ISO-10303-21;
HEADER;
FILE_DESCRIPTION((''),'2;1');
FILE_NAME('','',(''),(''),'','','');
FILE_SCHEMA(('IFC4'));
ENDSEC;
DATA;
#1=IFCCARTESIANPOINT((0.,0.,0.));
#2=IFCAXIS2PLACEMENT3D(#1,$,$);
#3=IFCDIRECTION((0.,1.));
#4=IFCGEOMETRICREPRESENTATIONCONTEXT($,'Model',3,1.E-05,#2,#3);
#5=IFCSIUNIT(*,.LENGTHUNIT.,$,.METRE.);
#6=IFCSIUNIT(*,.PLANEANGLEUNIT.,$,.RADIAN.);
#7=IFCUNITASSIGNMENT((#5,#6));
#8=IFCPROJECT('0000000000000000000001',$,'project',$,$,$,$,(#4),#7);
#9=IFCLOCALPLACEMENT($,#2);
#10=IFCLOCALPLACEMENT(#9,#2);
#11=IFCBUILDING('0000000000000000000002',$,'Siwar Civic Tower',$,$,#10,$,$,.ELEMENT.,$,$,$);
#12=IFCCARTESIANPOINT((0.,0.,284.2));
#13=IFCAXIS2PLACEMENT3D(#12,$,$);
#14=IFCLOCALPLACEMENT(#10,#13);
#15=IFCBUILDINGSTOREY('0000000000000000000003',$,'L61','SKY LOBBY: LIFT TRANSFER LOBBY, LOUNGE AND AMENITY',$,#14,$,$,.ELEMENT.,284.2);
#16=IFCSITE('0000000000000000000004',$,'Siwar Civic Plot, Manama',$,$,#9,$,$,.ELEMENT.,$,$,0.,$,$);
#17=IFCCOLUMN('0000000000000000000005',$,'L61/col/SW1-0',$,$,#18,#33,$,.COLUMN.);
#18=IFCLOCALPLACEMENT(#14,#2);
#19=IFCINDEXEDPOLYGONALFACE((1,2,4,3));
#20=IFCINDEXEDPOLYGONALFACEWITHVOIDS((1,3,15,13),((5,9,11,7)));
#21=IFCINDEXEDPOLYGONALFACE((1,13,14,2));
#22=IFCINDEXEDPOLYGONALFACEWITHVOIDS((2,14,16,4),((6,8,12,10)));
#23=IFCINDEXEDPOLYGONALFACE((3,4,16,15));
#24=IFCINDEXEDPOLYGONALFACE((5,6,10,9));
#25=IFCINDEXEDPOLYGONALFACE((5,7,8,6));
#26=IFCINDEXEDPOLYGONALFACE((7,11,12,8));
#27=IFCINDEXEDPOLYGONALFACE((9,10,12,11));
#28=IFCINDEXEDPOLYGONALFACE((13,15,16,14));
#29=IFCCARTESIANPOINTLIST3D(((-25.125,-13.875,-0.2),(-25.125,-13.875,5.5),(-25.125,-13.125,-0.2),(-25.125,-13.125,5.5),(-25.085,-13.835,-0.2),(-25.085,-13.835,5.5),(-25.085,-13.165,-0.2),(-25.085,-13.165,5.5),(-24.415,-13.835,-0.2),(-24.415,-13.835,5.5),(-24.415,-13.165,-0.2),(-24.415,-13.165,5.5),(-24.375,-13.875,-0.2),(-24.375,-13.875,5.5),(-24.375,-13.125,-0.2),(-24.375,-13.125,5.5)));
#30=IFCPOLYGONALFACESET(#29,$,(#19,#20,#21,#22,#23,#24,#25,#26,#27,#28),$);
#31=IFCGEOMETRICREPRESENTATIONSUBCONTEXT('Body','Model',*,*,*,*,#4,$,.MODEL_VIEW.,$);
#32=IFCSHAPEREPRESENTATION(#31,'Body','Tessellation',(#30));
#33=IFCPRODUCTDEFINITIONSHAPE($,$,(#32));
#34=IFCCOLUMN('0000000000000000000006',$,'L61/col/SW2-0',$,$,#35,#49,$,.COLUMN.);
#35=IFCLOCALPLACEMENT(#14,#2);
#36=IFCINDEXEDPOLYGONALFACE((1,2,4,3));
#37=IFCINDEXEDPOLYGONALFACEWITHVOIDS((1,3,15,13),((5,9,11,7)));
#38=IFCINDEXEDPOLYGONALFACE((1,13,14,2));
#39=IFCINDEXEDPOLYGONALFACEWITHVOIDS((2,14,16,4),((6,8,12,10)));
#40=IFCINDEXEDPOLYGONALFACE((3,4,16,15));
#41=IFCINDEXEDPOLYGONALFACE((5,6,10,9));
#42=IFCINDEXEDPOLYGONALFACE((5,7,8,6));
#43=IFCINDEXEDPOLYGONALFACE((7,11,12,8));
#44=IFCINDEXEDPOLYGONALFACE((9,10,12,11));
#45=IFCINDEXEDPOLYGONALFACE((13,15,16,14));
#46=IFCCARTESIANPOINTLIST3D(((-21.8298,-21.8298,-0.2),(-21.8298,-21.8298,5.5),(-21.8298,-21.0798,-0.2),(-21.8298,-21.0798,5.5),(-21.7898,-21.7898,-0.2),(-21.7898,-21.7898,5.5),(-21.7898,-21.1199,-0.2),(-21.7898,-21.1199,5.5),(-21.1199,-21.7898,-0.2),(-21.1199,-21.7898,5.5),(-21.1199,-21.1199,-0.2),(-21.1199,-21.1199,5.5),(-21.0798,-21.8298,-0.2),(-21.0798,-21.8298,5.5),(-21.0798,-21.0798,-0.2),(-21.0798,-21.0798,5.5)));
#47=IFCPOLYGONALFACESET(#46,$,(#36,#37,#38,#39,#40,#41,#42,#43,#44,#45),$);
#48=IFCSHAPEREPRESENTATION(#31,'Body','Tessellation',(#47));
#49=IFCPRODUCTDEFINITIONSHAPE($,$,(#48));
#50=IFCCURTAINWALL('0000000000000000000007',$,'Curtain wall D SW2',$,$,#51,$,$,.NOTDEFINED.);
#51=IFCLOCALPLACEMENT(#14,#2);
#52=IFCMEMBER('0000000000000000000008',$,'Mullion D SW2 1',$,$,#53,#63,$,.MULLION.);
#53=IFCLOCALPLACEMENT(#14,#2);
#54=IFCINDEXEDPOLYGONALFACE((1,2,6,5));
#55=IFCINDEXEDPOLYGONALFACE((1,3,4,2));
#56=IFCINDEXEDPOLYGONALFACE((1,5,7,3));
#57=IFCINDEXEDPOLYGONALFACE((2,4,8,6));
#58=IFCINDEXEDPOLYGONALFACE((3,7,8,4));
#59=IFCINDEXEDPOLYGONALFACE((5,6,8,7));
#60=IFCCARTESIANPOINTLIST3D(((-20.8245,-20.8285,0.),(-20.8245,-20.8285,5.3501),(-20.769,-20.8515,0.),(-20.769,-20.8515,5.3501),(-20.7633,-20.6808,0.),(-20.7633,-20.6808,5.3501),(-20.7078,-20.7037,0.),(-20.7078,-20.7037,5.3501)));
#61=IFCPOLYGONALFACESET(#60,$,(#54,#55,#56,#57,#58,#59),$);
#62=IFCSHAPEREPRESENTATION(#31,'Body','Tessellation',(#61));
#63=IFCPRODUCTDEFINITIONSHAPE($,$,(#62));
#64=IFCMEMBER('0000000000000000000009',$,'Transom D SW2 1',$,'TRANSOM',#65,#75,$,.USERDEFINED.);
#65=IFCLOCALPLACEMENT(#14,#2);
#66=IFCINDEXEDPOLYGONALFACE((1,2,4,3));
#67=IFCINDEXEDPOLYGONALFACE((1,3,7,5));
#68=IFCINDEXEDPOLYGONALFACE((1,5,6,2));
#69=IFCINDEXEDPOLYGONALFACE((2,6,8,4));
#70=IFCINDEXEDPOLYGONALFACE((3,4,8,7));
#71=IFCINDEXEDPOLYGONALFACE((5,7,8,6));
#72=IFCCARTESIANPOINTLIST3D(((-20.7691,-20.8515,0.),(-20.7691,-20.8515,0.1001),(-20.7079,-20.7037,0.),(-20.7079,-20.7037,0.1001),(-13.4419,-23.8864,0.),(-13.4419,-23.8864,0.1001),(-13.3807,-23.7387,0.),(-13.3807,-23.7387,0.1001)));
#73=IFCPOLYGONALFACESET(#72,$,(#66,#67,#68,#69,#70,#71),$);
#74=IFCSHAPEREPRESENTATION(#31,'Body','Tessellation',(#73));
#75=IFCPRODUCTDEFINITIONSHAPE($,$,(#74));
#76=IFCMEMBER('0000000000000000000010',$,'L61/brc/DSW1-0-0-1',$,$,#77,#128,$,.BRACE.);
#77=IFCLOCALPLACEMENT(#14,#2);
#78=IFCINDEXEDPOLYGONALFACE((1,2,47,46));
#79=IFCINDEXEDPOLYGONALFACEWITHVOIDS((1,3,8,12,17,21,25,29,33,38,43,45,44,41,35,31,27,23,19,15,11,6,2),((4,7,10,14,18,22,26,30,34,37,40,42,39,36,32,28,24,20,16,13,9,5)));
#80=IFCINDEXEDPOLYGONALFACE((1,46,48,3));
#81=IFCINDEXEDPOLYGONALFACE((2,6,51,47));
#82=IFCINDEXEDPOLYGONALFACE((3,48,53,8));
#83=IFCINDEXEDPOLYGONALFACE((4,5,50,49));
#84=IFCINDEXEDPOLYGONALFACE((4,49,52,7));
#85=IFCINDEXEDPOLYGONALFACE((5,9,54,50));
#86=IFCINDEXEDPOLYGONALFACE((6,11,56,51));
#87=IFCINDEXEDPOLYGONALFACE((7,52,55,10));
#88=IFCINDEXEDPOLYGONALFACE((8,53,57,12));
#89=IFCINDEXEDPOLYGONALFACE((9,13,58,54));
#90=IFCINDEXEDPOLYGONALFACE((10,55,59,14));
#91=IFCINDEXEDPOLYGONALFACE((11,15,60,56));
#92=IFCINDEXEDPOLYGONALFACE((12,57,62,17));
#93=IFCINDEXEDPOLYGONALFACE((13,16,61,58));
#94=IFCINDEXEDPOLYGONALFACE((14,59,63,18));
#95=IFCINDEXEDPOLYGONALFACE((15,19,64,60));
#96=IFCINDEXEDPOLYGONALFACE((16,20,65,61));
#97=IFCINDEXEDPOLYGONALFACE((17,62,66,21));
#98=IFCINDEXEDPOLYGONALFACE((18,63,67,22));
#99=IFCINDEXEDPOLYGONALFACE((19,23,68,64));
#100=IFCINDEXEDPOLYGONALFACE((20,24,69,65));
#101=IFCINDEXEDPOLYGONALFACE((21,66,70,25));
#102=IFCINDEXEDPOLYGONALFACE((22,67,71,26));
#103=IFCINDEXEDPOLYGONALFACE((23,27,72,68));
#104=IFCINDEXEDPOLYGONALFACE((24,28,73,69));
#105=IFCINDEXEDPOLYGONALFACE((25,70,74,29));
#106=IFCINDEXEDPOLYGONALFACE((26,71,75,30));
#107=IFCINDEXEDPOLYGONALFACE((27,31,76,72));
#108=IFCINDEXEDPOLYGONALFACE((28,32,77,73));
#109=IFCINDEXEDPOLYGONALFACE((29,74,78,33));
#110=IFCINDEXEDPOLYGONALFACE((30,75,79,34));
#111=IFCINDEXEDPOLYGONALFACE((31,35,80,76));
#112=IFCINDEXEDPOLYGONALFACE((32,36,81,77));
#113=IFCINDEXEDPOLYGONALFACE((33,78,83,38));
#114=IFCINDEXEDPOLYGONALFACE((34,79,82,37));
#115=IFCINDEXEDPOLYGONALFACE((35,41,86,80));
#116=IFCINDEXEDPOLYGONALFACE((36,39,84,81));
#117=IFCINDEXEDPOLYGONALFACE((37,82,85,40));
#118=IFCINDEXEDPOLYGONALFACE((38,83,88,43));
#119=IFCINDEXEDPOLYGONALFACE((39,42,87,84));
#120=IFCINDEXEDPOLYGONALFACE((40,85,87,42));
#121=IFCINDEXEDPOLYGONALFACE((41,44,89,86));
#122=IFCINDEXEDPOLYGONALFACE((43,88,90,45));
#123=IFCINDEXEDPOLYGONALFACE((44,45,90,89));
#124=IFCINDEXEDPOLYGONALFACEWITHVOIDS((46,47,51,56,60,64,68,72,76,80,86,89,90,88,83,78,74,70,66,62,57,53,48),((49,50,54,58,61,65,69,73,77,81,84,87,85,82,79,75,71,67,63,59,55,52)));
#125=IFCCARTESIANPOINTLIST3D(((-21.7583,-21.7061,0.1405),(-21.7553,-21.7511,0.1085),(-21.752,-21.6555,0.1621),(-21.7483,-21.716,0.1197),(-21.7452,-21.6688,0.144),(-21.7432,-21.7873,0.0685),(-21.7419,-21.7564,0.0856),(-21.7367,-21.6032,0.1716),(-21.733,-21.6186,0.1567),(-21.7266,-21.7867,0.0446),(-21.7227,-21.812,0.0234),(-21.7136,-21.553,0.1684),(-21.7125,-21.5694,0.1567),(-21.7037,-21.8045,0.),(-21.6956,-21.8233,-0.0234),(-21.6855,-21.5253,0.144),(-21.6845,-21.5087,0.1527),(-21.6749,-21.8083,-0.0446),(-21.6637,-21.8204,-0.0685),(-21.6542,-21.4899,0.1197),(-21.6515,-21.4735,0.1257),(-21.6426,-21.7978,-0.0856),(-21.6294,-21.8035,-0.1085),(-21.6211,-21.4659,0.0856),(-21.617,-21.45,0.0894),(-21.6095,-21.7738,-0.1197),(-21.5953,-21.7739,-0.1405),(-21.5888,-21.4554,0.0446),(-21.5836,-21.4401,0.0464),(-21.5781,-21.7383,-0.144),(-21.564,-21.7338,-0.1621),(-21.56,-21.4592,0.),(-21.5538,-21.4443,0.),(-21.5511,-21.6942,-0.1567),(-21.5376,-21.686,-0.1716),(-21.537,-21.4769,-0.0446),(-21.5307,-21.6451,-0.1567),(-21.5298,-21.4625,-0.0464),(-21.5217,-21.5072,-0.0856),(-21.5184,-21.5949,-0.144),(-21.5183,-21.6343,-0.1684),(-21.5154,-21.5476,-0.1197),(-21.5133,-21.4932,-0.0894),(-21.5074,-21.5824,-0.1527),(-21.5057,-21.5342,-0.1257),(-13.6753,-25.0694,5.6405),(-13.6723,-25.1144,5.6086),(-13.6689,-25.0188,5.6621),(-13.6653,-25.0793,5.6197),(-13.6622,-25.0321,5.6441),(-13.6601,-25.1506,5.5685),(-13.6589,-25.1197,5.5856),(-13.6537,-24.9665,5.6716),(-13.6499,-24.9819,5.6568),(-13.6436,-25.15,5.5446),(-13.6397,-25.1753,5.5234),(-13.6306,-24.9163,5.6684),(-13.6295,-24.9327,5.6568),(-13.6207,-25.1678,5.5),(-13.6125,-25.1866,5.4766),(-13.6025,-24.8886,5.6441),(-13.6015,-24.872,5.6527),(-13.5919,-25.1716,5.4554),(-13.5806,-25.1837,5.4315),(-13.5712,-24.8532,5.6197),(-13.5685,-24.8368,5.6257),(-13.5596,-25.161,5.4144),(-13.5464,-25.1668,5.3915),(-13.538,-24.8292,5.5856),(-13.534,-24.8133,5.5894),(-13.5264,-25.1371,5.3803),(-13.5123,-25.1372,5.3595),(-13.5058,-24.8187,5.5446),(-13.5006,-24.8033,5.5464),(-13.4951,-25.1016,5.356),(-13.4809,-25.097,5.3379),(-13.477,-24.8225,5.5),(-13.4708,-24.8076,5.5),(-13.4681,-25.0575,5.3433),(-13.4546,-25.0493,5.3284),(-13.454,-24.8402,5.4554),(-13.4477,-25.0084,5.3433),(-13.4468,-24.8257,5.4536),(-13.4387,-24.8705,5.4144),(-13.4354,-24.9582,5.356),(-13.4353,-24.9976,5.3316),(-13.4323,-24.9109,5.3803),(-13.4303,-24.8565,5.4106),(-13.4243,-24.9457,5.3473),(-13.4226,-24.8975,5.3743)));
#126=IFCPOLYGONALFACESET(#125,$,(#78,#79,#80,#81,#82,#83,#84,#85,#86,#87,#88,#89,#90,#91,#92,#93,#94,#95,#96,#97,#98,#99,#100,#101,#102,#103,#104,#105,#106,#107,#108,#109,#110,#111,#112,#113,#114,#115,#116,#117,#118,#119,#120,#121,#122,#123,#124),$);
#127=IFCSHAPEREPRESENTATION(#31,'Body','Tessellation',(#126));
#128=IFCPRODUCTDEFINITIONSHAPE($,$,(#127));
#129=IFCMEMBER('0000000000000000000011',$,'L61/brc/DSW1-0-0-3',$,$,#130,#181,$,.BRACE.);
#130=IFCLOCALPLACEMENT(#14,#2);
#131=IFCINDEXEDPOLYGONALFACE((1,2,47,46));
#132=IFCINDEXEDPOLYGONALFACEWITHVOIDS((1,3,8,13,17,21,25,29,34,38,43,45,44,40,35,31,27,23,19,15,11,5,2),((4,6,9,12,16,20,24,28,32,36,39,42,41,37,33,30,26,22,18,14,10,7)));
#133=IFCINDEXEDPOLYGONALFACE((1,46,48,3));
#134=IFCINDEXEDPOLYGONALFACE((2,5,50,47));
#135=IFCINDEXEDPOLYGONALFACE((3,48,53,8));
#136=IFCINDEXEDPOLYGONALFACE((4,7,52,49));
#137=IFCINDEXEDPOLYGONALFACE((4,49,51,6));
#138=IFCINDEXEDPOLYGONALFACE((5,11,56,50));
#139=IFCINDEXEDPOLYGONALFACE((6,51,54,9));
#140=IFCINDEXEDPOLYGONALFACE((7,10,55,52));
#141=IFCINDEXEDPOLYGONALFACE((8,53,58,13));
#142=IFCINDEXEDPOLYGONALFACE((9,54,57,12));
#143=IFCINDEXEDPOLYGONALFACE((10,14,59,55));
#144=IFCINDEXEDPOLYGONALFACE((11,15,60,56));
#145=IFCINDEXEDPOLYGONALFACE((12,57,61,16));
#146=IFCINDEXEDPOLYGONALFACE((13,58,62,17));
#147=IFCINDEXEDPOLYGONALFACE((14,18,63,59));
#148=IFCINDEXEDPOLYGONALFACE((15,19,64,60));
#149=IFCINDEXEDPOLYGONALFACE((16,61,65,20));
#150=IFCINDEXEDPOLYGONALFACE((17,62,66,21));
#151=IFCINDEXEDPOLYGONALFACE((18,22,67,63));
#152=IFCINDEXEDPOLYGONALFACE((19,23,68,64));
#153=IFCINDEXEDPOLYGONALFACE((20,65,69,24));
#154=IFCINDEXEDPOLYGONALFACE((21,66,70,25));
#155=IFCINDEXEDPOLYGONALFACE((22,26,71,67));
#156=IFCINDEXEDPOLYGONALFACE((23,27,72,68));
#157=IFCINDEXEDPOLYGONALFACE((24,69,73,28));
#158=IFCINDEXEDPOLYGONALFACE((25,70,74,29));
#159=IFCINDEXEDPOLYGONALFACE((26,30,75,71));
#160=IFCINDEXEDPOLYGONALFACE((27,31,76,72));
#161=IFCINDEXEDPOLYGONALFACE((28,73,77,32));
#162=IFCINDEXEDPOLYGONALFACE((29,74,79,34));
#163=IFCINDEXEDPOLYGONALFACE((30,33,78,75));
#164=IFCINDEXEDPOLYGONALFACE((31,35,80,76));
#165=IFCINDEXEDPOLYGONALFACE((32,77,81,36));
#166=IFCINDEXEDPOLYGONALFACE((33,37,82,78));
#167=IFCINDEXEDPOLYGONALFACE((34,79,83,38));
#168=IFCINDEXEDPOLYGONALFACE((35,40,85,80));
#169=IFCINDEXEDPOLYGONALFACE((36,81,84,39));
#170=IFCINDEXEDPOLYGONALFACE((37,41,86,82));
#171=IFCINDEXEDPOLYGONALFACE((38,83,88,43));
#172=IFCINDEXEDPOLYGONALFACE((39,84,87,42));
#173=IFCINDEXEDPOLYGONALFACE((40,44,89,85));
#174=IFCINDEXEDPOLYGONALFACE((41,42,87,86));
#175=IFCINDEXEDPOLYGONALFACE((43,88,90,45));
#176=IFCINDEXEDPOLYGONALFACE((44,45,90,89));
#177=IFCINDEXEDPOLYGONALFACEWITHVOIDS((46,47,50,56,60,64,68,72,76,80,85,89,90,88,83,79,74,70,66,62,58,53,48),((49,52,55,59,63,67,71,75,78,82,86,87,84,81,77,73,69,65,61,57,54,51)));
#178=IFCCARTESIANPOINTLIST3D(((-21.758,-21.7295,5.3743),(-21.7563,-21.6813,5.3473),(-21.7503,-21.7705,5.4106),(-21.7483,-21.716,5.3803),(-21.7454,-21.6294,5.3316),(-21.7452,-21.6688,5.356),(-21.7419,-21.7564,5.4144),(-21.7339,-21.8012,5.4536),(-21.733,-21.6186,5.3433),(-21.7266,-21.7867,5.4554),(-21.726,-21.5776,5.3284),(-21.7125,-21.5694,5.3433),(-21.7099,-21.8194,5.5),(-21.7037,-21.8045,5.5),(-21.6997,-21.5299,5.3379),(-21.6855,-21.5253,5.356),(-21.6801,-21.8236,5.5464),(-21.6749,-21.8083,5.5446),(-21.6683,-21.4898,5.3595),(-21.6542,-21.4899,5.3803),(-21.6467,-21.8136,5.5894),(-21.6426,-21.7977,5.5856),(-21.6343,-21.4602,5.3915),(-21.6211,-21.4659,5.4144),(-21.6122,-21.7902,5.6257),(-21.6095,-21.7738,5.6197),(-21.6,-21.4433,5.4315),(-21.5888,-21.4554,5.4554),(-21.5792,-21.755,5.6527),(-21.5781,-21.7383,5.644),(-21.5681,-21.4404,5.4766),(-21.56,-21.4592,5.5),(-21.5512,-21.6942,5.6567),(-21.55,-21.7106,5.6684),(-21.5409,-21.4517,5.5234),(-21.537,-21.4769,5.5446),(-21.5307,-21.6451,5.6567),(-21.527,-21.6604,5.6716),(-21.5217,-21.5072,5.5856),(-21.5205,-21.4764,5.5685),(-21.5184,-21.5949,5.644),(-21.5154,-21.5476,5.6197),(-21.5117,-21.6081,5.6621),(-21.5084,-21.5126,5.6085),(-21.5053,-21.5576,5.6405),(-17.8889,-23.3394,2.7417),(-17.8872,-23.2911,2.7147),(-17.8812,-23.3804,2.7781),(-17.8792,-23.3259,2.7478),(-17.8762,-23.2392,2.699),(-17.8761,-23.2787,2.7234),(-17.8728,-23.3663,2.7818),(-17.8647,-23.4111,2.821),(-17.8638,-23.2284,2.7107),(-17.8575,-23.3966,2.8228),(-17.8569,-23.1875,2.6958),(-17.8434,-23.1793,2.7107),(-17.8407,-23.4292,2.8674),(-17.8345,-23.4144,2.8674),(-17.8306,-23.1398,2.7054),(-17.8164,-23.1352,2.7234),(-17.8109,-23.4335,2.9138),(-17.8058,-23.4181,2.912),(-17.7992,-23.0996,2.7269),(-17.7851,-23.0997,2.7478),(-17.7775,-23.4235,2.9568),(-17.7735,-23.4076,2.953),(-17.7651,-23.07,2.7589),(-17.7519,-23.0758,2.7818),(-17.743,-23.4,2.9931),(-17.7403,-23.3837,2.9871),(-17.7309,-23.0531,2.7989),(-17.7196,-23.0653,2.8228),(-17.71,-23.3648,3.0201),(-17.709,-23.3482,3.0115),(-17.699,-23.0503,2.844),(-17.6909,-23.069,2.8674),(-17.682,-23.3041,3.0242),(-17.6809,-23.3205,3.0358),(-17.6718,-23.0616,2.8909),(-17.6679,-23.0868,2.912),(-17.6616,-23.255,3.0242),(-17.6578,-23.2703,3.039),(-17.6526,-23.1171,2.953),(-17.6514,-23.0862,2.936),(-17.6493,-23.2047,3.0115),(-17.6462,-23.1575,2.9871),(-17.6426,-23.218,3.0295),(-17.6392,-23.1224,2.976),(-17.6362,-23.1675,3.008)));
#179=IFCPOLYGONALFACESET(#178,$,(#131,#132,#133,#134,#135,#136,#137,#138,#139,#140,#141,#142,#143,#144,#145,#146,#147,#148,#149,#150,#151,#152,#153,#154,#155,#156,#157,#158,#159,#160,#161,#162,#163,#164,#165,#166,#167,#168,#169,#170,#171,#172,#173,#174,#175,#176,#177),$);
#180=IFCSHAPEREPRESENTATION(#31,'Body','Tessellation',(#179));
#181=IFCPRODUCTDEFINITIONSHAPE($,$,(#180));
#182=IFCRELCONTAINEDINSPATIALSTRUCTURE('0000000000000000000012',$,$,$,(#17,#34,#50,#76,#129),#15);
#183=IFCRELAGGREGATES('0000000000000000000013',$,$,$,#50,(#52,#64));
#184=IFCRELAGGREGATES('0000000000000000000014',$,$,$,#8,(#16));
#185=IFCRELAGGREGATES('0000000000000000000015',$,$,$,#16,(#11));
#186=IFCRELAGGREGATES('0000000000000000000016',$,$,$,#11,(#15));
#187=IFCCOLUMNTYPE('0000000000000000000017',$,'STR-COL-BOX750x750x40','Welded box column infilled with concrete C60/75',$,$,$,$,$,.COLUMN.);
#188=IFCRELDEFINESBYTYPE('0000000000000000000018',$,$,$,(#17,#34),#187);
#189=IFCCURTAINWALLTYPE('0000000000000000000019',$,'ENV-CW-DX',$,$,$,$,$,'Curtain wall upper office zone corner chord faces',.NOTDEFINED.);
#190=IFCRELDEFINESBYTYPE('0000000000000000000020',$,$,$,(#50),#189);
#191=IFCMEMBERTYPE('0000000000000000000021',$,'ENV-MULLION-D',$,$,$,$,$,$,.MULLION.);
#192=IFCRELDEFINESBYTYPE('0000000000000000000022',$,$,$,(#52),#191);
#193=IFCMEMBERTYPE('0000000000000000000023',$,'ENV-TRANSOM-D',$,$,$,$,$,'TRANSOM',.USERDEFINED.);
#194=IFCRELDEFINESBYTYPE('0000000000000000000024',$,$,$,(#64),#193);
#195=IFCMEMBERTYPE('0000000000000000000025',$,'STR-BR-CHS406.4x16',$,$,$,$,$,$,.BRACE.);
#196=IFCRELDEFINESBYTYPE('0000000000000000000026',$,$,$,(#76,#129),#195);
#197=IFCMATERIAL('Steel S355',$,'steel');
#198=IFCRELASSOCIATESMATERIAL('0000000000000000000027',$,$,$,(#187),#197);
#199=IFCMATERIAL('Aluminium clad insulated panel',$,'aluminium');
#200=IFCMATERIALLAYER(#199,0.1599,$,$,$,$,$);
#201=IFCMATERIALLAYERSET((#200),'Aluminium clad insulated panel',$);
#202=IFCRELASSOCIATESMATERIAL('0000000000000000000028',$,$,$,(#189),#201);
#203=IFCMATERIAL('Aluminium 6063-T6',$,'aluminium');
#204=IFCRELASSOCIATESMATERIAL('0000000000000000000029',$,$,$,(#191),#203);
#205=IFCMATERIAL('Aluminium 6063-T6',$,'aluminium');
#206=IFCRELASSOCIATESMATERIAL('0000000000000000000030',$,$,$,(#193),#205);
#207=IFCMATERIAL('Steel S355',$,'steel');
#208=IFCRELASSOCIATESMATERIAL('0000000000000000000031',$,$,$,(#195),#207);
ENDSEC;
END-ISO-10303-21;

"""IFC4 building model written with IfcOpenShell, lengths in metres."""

from ifc_helpers import new_model, si_unit, direction, frame, origin, origin_2d, place, context, subcontext, project, spatial, rectangle, hollow_rectangle, hollow_circle, extrude, material, layer, layer_set, material_profile, profile_set, type_object, element, aggregate, save


model = new_model("IFC4")

# Units and contexts
model_context = context("Model", 3, precision=1e-05, world=origin(), true_north=direction((0.0, 1.0)))
body_context = subcontext(model_context, "Body", "Model", "MODEL_VIEW")
ifc_project = project(units=[si_unit("LENGTHUNIT", "METRE"), si_unit("PLANEANGLEUNIT", "RADIAN")], contexts=[model_context])

# Site, building, storey
site_placement = place(None, origin())
site = spatial("IfcSite", under=ifc_project, at=site_placement, Name="Siwar Civic Plot, Manama", CompositionType="ELEMENT", RefElevation=0.0)
building_placement = place(site_placement, origin())
building = spatial("IfcBuilding", under=site, at=building_placement, Name="Siwar Civic Tower", CompositionType="ELEMENT")
storey_placement = place(building_placement, frame((0.0, 0.0, 284.2)))
storey = spatial("IfcBuildingStorey", under=building, at=storey_placement, Name="L61", Description="SKY LOBBY: LIFT TRANSFER LOBBY, LOUNGE AND AMENITY", CompositionType="ELEMENT", Elevation=284.2)

# Columns
ifc_material_1 = material(Name="Steel S355", Category="steel")
ifc_material_profile_1 = material_profile(ifc_material_1, hollow_rectangle(XDim=0.75, YDim=0.75, WallThickness=0.04, at=origin_2d()), Name="BOX750x750x40")
ifc_profile_set_1 = profile_set([ifc_material_profile_1], Name="Steel S355")
column_type = type_object("IfcColumnType", Name="STR-COL-BOX750x750x40", Description="Welded box column infilled with concrete C60/75", PredefinedType="COLUMN", material=ifc_profile_set_1)
for number, where, z_axis, x_axis, name in (
    (1, (-24.75, -13.5, -0.2), (0.0, 0.0, 1.0), (1.0, 0.0, 0.0), "L61/col/SW1-0"),
    (2, (-21.4548, -21.4548, -0.2), (0.0, 0.0, 1.0), (1.0, 0.0, 0.0), "L61/col/SW2-0"),
):
    element("IfcColumn", number, at=place(storey_placement, frame(where, z_axis=z_axis, x_axis=x_axis)), inside=storey, type_object=column_type, Name=name, PredefinedType="COLUMN", context=body_context, shape_type="SweptSolid", body=[
        extrude(hollow_rectangle(XDim=0.75, YDim=0.75, WallThickness=0.04, at=origin_2d()), origin(), (0.0, 0.0, 1.0), 5.7),
    ])

# Curtain wall, members
ifc_material_2 = material(Name="Aluminium clad insulated panel", Category="aluminium")
ifc_layer_1 = layer(ifc_material_2, 0.1599)
ifc_layer_set_1 = layer_set([ifc_layer_1], Name="Aluminium clad insulated panel")
curtain_wall_type = type_object("IfcCurtainWallType", Name="ENV-CW-DX", ElementType="Curtain wall upper office zone corner chord faces", PredefinedType="NOTDEFINED", material=ifc_layer_set_1)
curtain_wall_1_placement = place(storey_placement, origin())
curtain_wall_1 = element("IfcCurtainWall", 3, at=curtain_wall_1_placement, inside=storey, type_object=curtain_wall_type, Name="Curtain wall D SW2", PredefinedType="NOTDEFINED")
ifc_material_3 = material(Name="Aluminium 6063-T6", Category="aluminium")
ifc_material_profile_2 = material_profile(ifc_material_3, rectangle(XDim=0.1599, YDim=0.0601, at=origin_2d()), Name="AL 160x60")
ifc_profile_set_2 = profile_set([ifc_material_profile_2], Name="Aluminium 6063-T6")
member_type_1 = type_object("IfcMemberType", Name="ENV-MULLION-D", PredefinedType="MULLION", material=ifc_profile_set_2)
member_1_placement = place(storey_placement, frame((-20.7661, -20.7661, 0.0), z_axis=(0.0, 0.0, 1.0), x_axis=(0.382683, 0.92388, 0.0)))
member_1 = element("IfcMember", 4, at=member_1_placement, type_object=member_type_1, Name="Mullion D SW2 1", PredefinedType="MULLION", context=body_context, shape_type="SweptSolid", body=[
    extrude(rectangle(XDim=0.1599, YDim=0.0601, at=origin_2d()), origin(), (0.0, 0.0, 1.0), 5.3501),
])
ifc_material_4 = material(Name="Aluminium 6063-T6", Category="aluminium")
ifc_material_profile_3 = material_profile(ifc_material_4, rectangle(XDim=0.1599, YDim=0.1001, at=origin_2d()), Name="AL 160x100")
ifc_profile_set_3 = profile_set([ifc_material_profile_3], Name="Aluminium 6063-T6")
member_type_2 = type_object("IfcMemberType", Name="ENV-TRANSOM-D", ElementType="TRANSOM", PredefinedType="USERDEFINED", material=ifc_profile_set_3)
member_2_placement = place(storey_placement, frame((-20.7385, -20.7776, 0.05), z_axis=(0.923884, -0.382674, 0.0), x_axis=(0.382674, 0.923884, 0.0)))
member_2 = element("IfcMember", 5, at=member_2_placement, type_object=member_type_2, Name="Transom D SW2 1", ObjectType="TRANSOM", PredefinedType="USERDEFINED", context=body_context, shape_type="SweptSolid", body=[
    extrude(rectangle(XDim=0.1599, YDim=0.1001, at=origin_2d()), origin(), (0.0, 0.0, 1.0), 7.9309),
])

# Members
ifc_material_5 = material(Name="Steel S355", Category="steel")
ifc_material_profile_4 = material_profile(ifc_material_5, hollow_circle(Radius=0.2031, WallThickness=0.0161, at=origin_2d()), Name="CHS406.4x16")
ifc_profile_set_4 = profile_set([ifc_material_profile_4], Name="Steel S355")
member_type_3 = type_object("IfcMemberType", Name="STR-BR-CHS406.4x16", PredefinedType="BRACE", material=ifc_profile_set_4)
member_3_placement = place(storey_placement, frame((-21.6318, -21.6318, 0.0), z_axis=(0.781791, -0.325298, 0.531962), x_axis=(0.384164, 0.923265, 0.0)))
element("IfcMember", 6, at=member_3_placement, inside=storey, type_object=member_type_3, Name="L61/brc/DSW1-0-0-1", PredefinedType="BRACE", context=body_context, shape_type="SweptSolid", body=[
    extrude(hollow_circle(Radius=0.2031, WallThickness=0.0161, at=origin_2d()), origin(), (0.0, 0.0, 1.0), 10.3391),
])
member_4_placement = place(storey_placement, frame((-17.7627, -23.2417, 2.8674), z_axis=(-0.781807, 0.325292, 0.531942), x_axis=(-0.384152, -0.92327, 0.0)))
element("IfcMember", 7, at=member_4_placement, inside=storey, type_object=member_type_3, Name="L61/brc/DSW1-0-0-3", PredefinedType="BRACE", context=body_context, shape_type="SweptSolid", body=[
    extrude(hollow_circle(Radius=0.2031, WallThickness=0.0161, at=origin_2d()), origin(), (0.0, 0.0, 1.0), 4.949),
])

aggregate(curtain_wall_1, [member_1, member_2])

save(model, "model.ifc")
